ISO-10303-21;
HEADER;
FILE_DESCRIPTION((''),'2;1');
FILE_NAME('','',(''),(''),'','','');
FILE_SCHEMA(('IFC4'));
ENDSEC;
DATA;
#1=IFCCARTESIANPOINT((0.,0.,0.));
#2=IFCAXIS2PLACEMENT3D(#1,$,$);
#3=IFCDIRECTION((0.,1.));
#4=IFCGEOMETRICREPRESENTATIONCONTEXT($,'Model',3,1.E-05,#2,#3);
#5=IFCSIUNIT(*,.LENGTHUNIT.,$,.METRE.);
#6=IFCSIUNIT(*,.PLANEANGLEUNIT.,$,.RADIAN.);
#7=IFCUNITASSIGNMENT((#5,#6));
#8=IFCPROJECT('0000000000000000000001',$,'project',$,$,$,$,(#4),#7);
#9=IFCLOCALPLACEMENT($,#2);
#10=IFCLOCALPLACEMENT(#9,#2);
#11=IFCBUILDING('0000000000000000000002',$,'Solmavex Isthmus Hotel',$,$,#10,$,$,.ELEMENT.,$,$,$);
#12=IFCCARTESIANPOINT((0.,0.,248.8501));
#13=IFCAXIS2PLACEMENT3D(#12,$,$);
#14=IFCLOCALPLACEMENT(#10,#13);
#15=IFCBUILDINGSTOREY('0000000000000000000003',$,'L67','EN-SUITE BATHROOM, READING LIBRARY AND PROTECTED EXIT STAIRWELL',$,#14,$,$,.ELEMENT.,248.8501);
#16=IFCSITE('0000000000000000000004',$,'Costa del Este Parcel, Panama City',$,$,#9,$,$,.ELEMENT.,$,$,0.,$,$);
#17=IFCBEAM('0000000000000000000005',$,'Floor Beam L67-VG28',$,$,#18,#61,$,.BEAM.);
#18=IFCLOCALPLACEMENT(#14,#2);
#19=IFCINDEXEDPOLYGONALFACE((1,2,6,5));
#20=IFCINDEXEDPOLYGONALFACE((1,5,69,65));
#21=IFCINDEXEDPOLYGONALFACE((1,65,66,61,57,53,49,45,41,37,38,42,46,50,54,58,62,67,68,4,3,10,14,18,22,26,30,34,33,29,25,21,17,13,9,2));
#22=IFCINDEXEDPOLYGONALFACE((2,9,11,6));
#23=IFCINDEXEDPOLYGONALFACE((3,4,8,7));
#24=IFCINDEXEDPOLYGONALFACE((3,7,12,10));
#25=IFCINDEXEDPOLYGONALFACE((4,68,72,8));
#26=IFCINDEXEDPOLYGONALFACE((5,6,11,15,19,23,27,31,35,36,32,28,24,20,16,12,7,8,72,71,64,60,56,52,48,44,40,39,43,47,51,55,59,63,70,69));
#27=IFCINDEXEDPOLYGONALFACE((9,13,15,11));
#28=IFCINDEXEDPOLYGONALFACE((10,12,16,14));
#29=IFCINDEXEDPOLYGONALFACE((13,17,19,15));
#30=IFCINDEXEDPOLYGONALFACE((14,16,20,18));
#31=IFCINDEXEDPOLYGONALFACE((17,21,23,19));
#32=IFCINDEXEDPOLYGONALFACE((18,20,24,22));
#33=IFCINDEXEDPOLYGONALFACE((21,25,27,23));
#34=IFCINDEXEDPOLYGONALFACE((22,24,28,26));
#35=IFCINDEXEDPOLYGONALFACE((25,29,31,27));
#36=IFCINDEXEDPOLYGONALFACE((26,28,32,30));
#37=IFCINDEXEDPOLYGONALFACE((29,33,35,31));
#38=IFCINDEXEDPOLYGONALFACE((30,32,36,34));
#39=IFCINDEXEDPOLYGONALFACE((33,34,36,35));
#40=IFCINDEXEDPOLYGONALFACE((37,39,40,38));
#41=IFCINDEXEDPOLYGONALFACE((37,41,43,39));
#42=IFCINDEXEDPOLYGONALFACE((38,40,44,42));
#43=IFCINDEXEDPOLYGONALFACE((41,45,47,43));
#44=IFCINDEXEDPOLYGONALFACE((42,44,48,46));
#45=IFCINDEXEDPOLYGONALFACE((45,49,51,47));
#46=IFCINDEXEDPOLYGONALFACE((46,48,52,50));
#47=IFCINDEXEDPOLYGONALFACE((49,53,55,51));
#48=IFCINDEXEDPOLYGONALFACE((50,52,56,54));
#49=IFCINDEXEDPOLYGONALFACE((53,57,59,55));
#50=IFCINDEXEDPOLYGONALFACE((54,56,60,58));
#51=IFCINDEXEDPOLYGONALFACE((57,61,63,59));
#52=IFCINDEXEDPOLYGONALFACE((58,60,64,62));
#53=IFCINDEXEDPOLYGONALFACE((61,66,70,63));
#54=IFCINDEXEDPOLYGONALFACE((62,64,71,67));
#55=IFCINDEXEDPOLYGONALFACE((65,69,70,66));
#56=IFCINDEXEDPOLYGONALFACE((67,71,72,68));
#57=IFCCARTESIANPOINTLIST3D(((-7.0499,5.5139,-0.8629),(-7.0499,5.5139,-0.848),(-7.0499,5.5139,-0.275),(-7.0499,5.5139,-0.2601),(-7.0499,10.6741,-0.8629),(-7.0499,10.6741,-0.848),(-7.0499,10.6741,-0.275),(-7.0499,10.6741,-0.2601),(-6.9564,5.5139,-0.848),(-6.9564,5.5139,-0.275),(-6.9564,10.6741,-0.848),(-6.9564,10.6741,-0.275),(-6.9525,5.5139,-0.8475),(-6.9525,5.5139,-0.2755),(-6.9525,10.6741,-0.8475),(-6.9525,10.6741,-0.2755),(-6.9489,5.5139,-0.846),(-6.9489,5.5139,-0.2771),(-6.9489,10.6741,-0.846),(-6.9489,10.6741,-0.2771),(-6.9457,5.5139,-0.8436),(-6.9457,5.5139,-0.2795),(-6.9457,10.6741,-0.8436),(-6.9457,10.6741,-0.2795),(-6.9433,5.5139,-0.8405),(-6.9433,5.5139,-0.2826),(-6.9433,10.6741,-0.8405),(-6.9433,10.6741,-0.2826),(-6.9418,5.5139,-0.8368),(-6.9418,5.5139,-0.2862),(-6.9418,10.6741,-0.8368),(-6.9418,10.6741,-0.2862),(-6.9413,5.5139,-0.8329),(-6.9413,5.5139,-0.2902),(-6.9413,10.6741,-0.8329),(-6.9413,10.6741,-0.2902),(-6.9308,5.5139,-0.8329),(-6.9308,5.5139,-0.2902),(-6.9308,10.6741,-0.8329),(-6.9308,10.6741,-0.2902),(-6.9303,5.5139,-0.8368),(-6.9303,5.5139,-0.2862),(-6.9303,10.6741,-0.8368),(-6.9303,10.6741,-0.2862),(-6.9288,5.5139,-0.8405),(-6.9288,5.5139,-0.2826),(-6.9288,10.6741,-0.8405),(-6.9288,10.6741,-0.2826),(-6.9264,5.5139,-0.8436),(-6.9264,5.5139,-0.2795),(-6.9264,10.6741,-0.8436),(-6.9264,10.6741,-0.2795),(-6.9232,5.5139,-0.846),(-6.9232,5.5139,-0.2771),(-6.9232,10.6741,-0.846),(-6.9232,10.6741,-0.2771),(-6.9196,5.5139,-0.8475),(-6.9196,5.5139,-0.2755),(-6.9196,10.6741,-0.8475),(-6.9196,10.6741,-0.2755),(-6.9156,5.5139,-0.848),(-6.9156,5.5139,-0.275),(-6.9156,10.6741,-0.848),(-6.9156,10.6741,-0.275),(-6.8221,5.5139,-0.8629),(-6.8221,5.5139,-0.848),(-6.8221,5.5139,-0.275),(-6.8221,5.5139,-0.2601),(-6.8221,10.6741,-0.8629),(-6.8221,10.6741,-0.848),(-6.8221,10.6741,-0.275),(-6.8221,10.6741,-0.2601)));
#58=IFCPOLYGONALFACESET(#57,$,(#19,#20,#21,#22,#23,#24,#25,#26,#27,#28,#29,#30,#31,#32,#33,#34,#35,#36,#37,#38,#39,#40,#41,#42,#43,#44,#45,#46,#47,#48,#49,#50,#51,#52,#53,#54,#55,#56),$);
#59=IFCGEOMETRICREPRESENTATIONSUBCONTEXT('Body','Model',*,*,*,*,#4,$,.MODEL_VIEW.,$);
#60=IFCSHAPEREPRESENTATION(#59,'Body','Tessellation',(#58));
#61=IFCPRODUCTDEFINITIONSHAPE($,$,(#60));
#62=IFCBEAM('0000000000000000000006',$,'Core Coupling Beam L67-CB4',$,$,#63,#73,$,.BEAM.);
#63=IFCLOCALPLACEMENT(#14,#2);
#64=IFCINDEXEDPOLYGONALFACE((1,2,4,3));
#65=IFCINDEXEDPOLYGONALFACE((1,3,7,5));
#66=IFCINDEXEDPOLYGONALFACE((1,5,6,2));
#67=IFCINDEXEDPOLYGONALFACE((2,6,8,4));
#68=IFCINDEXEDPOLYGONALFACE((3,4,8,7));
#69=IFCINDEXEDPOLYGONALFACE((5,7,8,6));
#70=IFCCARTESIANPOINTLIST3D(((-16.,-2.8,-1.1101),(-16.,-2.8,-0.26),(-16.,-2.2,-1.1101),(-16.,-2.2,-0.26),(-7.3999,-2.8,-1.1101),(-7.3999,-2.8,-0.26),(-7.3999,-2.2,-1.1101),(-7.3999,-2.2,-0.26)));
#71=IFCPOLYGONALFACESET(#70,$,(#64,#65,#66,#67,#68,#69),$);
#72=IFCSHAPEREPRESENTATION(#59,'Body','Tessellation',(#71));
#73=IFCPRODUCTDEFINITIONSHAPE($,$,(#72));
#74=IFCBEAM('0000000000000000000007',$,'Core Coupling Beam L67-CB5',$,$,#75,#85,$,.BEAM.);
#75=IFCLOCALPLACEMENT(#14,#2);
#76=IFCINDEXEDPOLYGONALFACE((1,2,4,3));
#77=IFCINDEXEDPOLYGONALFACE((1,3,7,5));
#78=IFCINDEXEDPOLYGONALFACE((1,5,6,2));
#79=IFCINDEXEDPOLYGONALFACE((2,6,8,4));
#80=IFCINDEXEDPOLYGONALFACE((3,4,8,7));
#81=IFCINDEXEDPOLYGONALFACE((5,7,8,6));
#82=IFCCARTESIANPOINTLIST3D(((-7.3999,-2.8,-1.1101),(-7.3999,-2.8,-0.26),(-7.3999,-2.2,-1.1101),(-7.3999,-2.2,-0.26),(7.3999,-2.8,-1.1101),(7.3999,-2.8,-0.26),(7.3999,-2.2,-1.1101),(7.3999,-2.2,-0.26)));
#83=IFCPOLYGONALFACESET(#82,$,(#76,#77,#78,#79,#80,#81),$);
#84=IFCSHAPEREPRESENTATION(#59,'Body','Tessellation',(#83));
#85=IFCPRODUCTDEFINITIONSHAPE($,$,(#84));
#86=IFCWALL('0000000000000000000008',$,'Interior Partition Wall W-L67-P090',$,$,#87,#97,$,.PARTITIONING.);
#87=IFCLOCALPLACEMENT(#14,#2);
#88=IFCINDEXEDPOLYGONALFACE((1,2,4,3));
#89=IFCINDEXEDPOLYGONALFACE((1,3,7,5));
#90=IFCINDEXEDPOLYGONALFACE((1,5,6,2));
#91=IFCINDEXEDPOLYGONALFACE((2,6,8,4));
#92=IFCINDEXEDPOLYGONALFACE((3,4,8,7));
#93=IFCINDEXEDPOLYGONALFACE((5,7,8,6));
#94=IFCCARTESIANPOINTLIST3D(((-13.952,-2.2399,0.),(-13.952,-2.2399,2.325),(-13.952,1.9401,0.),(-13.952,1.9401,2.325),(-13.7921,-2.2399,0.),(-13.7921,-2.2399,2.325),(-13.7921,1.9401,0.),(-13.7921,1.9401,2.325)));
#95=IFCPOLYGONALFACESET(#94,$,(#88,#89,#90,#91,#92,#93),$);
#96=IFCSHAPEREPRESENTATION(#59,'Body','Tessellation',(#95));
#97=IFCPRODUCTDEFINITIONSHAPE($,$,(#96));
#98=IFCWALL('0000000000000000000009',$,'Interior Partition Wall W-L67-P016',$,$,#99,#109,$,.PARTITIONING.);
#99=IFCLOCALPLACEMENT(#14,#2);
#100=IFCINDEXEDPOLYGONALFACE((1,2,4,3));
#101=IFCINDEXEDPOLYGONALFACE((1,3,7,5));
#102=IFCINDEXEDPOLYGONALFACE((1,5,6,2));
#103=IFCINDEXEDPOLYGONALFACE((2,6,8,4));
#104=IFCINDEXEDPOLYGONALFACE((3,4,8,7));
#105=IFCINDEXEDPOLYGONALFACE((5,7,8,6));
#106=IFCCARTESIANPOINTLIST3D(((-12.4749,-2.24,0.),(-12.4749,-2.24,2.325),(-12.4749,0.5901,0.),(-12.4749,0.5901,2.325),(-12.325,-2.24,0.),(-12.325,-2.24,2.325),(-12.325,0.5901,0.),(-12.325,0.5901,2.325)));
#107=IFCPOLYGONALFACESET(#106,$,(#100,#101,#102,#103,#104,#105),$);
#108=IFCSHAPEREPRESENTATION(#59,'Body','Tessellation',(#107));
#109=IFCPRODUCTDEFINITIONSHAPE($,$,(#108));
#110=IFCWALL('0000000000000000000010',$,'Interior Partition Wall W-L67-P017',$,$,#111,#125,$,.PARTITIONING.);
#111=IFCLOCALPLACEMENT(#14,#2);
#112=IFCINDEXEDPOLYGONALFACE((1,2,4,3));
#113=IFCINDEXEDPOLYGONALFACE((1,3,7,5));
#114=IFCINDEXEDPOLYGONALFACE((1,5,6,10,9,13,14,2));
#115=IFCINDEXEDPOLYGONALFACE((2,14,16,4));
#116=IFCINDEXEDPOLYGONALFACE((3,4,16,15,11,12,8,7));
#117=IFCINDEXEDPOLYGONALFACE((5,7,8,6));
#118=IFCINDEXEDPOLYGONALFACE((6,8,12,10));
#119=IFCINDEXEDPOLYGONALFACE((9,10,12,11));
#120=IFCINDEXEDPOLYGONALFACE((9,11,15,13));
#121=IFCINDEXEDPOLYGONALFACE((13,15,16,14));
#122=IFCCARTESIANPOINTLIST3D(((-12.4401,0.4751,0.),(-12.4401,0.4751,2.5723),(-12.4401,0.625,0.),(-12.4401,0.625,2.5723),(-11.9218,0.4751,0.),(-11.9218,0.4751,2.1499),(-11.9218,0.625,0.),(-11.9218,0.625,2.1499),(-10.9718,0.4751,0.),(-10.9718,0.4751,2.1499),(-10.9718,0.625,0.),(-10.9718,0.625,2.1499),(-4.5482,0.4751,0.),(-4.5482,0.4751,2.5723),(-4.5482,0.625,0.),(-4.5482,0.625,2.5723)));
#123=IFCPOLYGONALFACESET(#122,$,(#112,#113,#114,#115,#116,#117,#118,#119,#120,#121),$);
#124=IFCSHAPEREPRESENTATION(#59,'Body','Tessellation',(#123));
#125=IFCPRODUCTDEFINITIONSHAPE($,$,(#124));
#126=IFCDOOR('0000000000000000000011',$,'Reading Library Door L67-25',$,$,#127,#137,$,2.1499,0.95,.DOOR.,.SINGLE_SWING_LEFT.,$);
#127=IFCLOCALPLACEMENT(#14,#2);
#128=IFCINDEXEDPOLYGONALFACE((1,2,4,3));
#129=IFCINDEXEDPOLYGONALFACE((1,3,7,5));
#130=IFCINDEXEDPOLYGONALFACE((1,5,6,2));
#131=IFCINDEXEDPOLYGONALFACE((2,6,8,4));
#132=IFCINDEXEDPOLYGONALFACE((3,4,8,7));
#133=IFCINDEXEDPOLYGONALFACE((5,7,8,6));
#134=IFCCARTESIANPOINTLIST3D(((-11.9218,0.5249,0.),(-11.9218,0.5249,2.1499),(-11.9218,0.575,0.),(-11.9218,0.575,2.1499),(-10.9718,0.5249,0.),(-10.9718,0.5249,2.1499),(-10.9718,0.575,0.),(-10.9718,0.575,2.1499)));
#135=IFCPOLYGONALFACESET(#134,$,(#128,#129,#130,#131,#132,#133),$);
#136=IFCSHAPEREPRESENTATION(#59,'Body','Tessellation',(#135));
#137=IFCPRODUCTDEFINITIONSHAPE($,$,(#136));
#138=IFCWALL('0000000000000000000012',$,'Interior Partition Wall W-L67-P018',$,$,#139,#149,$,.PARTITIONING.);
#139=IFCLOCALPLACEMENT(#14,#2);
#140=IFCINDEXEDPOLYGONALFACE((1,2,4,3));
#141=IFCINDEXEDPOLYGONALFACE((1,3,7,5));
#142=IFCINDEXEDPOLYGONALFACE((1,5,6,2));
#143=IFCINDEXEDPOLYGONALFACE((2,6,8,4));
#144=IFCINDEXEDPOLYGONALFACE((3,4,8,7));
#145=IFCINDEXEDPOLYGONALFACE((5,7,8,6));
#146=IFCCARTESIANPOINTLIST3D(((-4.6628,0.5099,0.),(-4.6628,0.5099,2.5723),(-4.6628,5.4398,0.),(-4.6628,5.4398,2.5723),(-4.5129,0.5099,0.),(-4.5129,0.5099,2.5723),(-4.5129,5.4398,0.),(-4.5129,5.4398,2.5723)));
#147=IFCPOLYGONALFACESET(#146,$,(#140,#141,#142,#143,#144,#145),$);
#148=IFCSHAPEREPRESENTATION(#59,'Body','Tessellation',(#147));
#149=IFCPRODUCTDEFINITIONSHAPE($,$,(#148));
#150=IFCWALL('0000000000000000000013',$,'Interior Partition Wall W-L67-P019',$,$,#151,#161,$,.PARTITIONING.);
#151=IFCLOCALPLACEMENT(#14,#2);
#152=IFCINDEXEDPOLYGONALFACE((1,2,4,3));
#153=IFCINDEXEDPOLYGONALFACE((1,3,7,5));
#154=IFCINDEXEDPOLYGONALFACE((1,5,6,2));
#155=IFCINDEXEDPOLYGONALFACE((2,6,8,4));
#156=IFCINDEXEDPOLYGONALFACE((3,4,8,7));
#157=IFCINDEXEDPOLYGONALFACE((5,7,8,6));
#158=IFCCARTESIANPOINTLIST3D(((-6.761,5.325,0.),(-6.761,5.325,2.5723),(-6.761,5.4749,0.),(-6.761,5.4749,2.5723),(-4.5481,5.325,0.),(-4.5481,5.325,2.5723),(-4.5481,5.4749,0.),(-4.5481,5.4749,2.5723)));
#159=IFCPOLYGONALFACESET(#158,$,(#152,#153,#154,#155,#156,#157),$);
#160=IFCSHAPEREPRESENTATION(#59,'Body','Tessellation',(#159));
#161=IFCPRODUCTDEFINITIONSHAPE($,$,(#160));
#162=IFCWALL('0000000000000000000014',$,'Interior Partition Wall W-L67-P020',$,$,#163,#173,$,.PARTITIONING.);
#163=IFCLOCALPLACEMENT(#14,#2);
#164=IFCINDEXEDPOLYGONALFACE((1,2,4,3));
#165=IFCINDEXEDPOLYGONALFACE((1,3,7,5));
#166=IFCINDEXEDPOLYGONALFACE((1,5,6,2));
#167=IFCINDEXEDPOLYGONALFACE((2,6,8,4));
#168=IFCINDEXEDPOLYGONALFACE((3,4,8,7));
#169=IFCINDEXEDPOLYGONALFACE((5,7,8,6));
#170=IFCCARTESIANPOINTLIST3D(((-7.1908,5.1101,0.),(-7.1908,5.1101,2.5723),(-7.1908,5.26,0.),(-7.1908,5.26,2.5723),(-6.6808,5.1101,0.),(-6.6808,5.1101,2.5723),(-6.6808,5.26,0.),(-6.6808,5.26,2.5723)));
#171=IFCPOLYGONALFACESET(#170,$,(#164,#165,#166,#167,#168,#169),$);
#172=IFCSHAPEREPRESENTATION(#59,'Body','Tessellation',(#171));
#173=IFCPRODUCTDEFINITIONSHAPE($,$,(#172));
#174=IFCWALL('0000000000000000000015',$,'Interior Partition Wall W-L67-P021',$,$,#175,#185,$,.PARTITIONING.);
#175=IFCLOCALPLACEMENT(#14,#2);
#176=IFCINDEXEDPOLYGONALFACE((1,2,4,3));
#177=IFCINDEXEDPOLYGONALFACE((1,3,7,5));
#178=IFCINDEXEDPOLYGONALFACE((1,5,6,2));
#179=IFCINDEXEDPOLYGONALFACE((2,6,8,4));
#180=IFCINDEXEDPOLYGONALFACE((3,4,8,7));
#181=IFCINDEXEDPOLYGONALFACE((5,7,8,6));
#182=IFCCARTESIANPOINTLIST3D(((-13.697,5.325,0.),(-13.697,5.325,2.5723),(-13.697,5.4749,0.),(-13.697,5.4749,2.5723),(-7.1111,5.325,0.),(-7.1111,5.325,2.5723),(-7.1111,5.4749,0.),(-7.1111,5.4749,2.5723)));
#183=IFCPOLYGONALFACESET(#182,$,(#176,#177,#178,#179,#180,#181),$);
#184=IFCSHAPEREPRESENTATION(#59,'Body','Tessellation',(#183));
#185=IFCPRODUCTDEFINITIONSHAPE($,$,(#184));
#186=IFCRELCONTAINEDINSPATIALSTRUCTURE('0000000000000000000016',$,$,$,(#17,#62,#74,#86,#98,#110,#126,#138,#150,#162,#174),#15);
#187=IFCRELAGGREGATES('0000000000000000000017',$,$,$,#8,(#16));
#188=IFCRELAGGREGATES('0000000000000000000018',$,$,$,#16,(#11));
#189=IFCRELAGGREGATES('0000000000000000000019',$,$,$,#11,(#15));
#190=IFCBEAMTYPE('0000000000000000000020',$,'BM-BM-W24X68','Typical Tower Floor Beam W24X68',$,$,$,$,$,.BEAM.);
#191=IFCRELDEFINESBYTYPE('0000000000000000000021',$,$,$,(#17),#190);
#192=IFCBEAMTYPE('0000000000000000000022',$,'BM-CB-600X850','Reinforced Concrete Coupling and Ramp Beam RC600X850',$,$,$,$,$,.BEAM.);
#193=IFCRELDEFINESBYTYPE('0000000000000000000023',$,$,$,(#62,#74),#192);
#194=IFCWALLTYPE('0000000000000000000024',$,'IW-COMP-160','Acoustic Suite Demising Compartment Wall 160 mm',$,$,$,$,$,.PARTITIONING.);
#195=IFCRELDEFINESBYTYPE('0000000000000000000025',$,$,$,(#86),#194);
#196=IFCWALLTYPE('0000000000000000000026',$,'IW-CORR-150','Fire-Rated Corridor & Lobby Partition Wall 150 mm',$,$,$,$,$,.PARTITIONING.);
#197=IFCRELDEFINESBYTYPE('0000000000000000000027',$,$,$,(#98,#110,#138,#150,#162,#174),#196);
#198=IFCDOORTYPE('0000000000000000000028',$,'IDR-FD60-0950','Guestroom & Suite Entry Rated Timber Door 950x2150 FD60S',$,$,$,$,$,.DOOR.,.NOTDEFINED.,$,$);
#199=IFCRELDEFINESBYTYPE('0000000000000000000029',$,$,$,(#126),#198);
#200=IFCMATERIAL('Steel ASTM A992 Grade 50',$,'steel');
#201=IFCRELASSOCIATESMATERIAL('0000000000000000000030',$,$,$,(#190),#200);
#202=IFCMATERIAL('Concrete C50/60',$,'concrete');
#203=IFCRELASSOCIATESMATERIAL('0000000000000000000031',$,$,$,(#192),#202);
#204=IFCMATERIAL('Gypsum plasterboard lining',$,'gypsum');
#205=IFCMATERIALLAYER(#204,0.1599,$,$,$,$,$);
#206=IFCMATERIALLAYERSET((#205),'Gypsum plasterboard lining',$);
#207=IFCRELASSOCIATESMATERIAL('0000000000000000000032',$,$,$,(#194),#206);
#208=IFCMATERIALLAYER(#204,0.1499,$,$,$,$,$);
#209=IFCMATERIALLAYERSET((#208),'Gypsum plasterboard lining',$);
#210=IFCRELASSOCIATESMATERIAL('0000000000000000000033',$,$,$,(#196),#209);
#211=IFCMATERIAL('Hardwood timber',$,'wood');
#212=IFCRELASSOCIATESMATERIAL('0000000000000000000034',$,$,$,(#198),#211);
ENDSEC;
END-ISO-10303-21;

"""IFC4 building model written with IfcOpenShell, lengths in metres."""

from ifc_helpers import new_model, si_unit, direction, frame, frame_2d, origin, origin_2d, place, context, subcontext, project, spatial, rectangle, i_section, extrude, material, layer, layer_set, material_profile, profile_set, type_object, element, fill, save


model = new_model("IFC4")

# Units and contexts
model_context = context("Model", 3, precision=1e-05, world=origin(), true_north=direction((0.0, 1.0)))
body_context = subcontext(model_context, "Body", "Model", "MODEL_VIEW")
ifc_project = project(units=[si_unit("LENGTHUNIT", "METRE"), si_unit("PLANEANGLEUNIT", "RADIAN")], contexts=[model_context])

# Site, building, storey
site_placement = place(None, origin())
site = spatial("IfcSite", under=ifc_project, at=site_placement, Name="Costa del Este Parcel, Panama City", CompositionType="ELEMENT", RefElevation=0.0)
building_placement = place(site_placement, origin())
building = spatial("IfcBuilding", under=site, at=building_placement, Name="Solmavex Isthmus Hotel", CompositionType="ELEMENT")
storey_placement = place(building_placement, frame((0.0, 0.0, 248.8501)))
storey = spatial("IfcBuildingStorey", under=building, at=storey_placement, Name="L67", Description="EN-SUITE BATHROOM, READING LIBRARY AND PROTECTED EXIT STAIRWELL", CompositionType="ELEMENT", Elevation=248.8501)

# Shared definitions
ifc_material_1 = material(Name="Concrete C50/60", Category="concrete")

# Beams
ifc_material_2 = material(Name="Steel ASTM A992 Grade 50", Category="steel")
ifc_material_profile_1 = material_profile(ifc_material_2, i_section(OverallWidth=0.2278, OverallDepth=0.6028, WebThickness=0.0105, FlangeThickness=0.0149, FilletRadius=0.0151, at=origin_2d()), Name="W24X68")
ifc_profile_set_1 = profile_set([ifc_material_profile_1], Name="Steel ASTM A992 Grade 50")
beam_type_1 = type_object("IfcBeamType", Name="BM-BM-W24X68", Description="Typical Tower Floor Beam W24X68", PredefinedType="BEAM", material=ifc_profile_set_1)
beam_1_placement = place(storey_placement, frame((-6.936, 5.5139, -0.5615), z_axis=(0.0, 1.0, 0.0), x_axis=(-1.0, 0.0, 0.0)))
element("IfcBeam", 1, at=beam_1_placement, inside=storey, type_object=beam_type_1, Name="Floor Beam L67-VG28", PredefinedType="BEAM", context=body_context, shape_type="SweptSolid", body=[
    extrude(i_section(OverallWidth=0.2278, OverallDepth=0.6028, WebThickness=0.0105, FlangeThickness=0.0149, FilletRadius=0.0151, at=origin_2d()), origin(), (0.0, 0.0, 1.0), 5.1602),
])
ifc_material_profile_2 = material_profile(ifc_material_1, rectangle(XDim=0.6001, YDim=0.8501, at=origin_2d()), Name="RC600X850")
ifc_profile_set_2 = profile_set([ifc_material_profile_2], Name="Concrete C50/60")
beam_type_2 = type_object("IfcBeamType", Name="BM-CB-600X850", Description="Reinforced Concrete Coupling and Ramp Beam RC600X850", PredefinedType="BEAM", material=ifc_profile_set_2)
beam_2_placement = place(storey_placement, frame((-16.0, -2.5, -0.6851), z_axis=(1.0, 0.0, 0.0), x_axis=(0.0, 1.0, 0.0)))
element("IfcBeam", 2, at=beam_2_placement, inside=storey, type_object=beam_type_2, Name="Core Coupling Beam L67-CB4", PredefinedType="BEAM", context=body_context, shape_type="SweptSolid", body=[
    extrude(rectangle(XDim=0.6001, YDim=0.8501, at=origin_2d()), origin(), (0.0, 0.0, 1.0), 8.6001),
])
beam_3_placement = place(storey_placement, frame((-7.3999, -2.5, -0.6851), z_axis=(1.0, 0.0, 0.0), x_axis=(0.0, 1.0, 0.0)))
element("IfcBeam", 3, at=beam_3_placement, inside=storey, type_object=beam_type_2, Name="Core Coupling Beam L67-CB5", PredefinedType="BEAM", context=body_context, shape_type="SweptSolid", body=[
    extrude(rectangle(XDim=0.6001, YDim=0.8501, at=origin_2d()), origin(), (0.0, 0.0, 1.0), 14.7998),
])

# Walls
ifc_material_3 = material(Name="Gypsum plasterboard lining", Category="gypsum")
ifc_layer_1 = layer(ifc_material_3, 0.1599)
ifc_layer_set_1 = layer_set([ifc_layer_1], Name="Gypsum plasterboard lining")
wall_type_1 = type_object("IfcWallType", Name="IW-COMP-160", Description="Acoustic Suite Demising Compartment Wall 160 mm", PredefinedType="PARTITIONING", material=ifc_layer_set_1)
wall_1_placement = place(storey_placement, frame((-13.8721, 1.9399, 0.0), z_axis=(0.0, 0.0, 1.0), x_axis=(0.0, -1.0, 0.0)))
element("IfcWall", 4, at=wall_1_placement, inside=storey, type_object=wall_type_1, Name="Interior Partition Wall W-L67-P090", PredefinedType="PARTITIONING", context=body_context, shape_type="SweptSolid", body=[
    extrude(rectangle(XDim=4.1799, YDim=0.1599, at=frame_2d((2.0898, 0.0))), origin(), (0.0, 0.0, 1.0), 2.325),
])
ifc_layer_2 = layer(ifc_material_3, 0.1499)
ifc_layer_set_2 = layer_set([ifc_layer_2], Name="Gypsum plasterboard lining")
wall_type_2 = type_object("IfcWallType", Name="IW-CORR-150", Description="Fire-Rated Corridor & Lobby Partition Wall 150 mm", PredefinedType="PARTITIONING", material=ifc_layer_set_2)
wall_2_placement = place(storey_placement, frame((-12.3999, -2.24, 0.0), z_axis=(0.0, 0.0, 1.0), x_axis=(0.0, 1.0, 0.0)))
element("IfcWall", 5, at=wall_2_placement, inside=storey, type_object=wall_type_2, Name="Interior Partition Wall W-L67-P016", PredefinedType="PARTITIONING", context=body_context, shape_type="SweptSolid", body=[
    extrude(rectangle(XDim=2.8301, YDim=0.1499, at=frame_2d((1.415, 0.0))), origin(), (0.0, 0.0, 1.0), 2.325),
])

# Wall, opening, door
wall_3_placement = place(storey_placement, frame((-12.4399, 0.55, 0.0), z_axis=(0.0, 0.0, 1.0), x_axis=(1.0, 0.0, 0.0)))
wall_3 = element("IfcWall", 6, at=wall_3_placement, inside=storey, type_object=wall_type_2, Name="Interior Partition Wall W-L67-P017", PredefinedType="PARTITIONING", context=body_context, shape_type="SweptSolid", body=[
    extrude(rectangle(XDim=7.8918, YDim=0.1499, at=frame_2d((3.9458, 0.0))), origin(), (0.0, 0.0, 1.0), 2.5723),
])
opening_placement = place(wall_3_placement, frame((0.5181, 0.0, 0.0)))
opening = element("IfcOpeningElement", 7, at=opening_placement, cuts=wall_3, PredefinedType="OPENING", context=body_context, shape_type="SweptSolid", body=[
    extrude(rectangle(XDim=0.95, YDim=2.1499, at=frame_2d((0.4751, 1.075))), frame((0.0, 0.085, 0.0), z_axis=(0.0, -1.0, 0.0), x_axis=(1.0, 0.0, 0.0)), (0.0, 0.0, 1.0), 0.1699),
])
ifc_material_4 = material(Name="Hardwood timber", Category="wood")
door_type = type_object("IfcDoorType", Name="IDR-FD60-0950", Description="Guestroom & Suite Entry Rated Timber Door 950x2150 FD60S", OperationType="NOTDEFINED", PredefinedType="DOOR", material=ifc_material_4)
door_placement = place(opening_placement, origin())
door = element("IfcDoor", 8, at=door_placement, inside=storey, type_object=door_type, Name="Reading Library Door L67-25", OperationType="SINGLE_SWING_LEFT", OverallHeight=2.1499, OverallWidth=0.95, PredefinedType="DOOR", context=body_context, shape_type="SweptSolid", body=[
    extrude(rectangle(XDim=0.95, YDim=2.1499, at=frame_2d((0.4751, 1.075))), frame((0.0, 0.0249, 0.0), z_axis=(0.0, -1.0, 0.0), x_axis=(1.0, 0.0, 0.0)), (0.0, 0.0, 1.0), 0.05),
])
fill(opening, door)

# Walls
wall_4_placement = place(storey_placement, frame((-4.5879, 0.51, 0.0), z_axis=(0.0, 0.0, 1.0), x_axis=(0.0, 1.0, 0.0)))
element("IfcWall", 9, at=wall_4_placement, inside=storey, type_object=wall_type_2, Name="Interior Partition Wall W-L67-P018", PredefinedType="PARTITIONING", context=body_context, shape_type="SweptSolid", body=[
    extrude(rectangle(XDim=4.9299, YDim=0.1499, at=frame_2d((2.4648, 0.0))), origin(), (0.0, 0.0, 1.0), 2.5723),
])
wall_5_placement = place(storey_placement, frame((-4.5481, 5.3999, 0.0), z_axis=(0.0, 0.0, 1.0), x_axis=(-1.0, 0.0, 0.0)))
element("IfcWall", 10, at=wall_5_placement, inside=storey, type_object=wall_type_2, Name="Interior Partition Wall W-L67-P019", PredefinedType="PARTITIONING", context=body_context, shape_type="SweptSolid", body=[
    extrude(rectangle(XDim=2.2129, YDim=0.1499, at=frame_2d((1.1064, 0.0))), origin(), (0.0, 0.0, 1.0), 2.5723),
])
wall_6_placement = place(storey_placement, frame((-6.6809, 5.1851, 0.0), z_axis=(0.0, 0.0, 1.0), x_axis=(-1.0, 0.0, 0.0)))
element("IfcWall", 11, at=wall_6_placement, inside=storey, type_object=wall_type_2, Name="Interior Partition Wall W-L67-P020", PredefinedType="PARTITIONING", context=body_context, shape_type="SweptSolid", body=[
    extrude(rectangle(XDim=0.51, YDim=0.1499, at=frame_2d((0.2549, 0.0))), origin(), (0.0, 0.0, 1.0), 2.5723),
])
wall_7_placement = place(storey_placement, frame((-7.1111, 5.3999, 0.0), z_axis=(0.0, 0.0, 1.0), x_axis=(-1.0, 0.0, 0.0)))
element("IfcWall", 12, at=wall_7_placement, inside=storey, type_object=wall_type_2, Name="Interior Partition Wall W-L67-P021", PredefinedType="PARTITIONING", context=body_context, shape_type="SweptSolid", body=[
    extrude(rectangle(XDim=6.5859, YDim=0.1499, at=frame_2d((3.293, 0.0))), origin(), (0.0, 0.0, 1.0), 2.5723),
])

save(model, "model.ifc")
